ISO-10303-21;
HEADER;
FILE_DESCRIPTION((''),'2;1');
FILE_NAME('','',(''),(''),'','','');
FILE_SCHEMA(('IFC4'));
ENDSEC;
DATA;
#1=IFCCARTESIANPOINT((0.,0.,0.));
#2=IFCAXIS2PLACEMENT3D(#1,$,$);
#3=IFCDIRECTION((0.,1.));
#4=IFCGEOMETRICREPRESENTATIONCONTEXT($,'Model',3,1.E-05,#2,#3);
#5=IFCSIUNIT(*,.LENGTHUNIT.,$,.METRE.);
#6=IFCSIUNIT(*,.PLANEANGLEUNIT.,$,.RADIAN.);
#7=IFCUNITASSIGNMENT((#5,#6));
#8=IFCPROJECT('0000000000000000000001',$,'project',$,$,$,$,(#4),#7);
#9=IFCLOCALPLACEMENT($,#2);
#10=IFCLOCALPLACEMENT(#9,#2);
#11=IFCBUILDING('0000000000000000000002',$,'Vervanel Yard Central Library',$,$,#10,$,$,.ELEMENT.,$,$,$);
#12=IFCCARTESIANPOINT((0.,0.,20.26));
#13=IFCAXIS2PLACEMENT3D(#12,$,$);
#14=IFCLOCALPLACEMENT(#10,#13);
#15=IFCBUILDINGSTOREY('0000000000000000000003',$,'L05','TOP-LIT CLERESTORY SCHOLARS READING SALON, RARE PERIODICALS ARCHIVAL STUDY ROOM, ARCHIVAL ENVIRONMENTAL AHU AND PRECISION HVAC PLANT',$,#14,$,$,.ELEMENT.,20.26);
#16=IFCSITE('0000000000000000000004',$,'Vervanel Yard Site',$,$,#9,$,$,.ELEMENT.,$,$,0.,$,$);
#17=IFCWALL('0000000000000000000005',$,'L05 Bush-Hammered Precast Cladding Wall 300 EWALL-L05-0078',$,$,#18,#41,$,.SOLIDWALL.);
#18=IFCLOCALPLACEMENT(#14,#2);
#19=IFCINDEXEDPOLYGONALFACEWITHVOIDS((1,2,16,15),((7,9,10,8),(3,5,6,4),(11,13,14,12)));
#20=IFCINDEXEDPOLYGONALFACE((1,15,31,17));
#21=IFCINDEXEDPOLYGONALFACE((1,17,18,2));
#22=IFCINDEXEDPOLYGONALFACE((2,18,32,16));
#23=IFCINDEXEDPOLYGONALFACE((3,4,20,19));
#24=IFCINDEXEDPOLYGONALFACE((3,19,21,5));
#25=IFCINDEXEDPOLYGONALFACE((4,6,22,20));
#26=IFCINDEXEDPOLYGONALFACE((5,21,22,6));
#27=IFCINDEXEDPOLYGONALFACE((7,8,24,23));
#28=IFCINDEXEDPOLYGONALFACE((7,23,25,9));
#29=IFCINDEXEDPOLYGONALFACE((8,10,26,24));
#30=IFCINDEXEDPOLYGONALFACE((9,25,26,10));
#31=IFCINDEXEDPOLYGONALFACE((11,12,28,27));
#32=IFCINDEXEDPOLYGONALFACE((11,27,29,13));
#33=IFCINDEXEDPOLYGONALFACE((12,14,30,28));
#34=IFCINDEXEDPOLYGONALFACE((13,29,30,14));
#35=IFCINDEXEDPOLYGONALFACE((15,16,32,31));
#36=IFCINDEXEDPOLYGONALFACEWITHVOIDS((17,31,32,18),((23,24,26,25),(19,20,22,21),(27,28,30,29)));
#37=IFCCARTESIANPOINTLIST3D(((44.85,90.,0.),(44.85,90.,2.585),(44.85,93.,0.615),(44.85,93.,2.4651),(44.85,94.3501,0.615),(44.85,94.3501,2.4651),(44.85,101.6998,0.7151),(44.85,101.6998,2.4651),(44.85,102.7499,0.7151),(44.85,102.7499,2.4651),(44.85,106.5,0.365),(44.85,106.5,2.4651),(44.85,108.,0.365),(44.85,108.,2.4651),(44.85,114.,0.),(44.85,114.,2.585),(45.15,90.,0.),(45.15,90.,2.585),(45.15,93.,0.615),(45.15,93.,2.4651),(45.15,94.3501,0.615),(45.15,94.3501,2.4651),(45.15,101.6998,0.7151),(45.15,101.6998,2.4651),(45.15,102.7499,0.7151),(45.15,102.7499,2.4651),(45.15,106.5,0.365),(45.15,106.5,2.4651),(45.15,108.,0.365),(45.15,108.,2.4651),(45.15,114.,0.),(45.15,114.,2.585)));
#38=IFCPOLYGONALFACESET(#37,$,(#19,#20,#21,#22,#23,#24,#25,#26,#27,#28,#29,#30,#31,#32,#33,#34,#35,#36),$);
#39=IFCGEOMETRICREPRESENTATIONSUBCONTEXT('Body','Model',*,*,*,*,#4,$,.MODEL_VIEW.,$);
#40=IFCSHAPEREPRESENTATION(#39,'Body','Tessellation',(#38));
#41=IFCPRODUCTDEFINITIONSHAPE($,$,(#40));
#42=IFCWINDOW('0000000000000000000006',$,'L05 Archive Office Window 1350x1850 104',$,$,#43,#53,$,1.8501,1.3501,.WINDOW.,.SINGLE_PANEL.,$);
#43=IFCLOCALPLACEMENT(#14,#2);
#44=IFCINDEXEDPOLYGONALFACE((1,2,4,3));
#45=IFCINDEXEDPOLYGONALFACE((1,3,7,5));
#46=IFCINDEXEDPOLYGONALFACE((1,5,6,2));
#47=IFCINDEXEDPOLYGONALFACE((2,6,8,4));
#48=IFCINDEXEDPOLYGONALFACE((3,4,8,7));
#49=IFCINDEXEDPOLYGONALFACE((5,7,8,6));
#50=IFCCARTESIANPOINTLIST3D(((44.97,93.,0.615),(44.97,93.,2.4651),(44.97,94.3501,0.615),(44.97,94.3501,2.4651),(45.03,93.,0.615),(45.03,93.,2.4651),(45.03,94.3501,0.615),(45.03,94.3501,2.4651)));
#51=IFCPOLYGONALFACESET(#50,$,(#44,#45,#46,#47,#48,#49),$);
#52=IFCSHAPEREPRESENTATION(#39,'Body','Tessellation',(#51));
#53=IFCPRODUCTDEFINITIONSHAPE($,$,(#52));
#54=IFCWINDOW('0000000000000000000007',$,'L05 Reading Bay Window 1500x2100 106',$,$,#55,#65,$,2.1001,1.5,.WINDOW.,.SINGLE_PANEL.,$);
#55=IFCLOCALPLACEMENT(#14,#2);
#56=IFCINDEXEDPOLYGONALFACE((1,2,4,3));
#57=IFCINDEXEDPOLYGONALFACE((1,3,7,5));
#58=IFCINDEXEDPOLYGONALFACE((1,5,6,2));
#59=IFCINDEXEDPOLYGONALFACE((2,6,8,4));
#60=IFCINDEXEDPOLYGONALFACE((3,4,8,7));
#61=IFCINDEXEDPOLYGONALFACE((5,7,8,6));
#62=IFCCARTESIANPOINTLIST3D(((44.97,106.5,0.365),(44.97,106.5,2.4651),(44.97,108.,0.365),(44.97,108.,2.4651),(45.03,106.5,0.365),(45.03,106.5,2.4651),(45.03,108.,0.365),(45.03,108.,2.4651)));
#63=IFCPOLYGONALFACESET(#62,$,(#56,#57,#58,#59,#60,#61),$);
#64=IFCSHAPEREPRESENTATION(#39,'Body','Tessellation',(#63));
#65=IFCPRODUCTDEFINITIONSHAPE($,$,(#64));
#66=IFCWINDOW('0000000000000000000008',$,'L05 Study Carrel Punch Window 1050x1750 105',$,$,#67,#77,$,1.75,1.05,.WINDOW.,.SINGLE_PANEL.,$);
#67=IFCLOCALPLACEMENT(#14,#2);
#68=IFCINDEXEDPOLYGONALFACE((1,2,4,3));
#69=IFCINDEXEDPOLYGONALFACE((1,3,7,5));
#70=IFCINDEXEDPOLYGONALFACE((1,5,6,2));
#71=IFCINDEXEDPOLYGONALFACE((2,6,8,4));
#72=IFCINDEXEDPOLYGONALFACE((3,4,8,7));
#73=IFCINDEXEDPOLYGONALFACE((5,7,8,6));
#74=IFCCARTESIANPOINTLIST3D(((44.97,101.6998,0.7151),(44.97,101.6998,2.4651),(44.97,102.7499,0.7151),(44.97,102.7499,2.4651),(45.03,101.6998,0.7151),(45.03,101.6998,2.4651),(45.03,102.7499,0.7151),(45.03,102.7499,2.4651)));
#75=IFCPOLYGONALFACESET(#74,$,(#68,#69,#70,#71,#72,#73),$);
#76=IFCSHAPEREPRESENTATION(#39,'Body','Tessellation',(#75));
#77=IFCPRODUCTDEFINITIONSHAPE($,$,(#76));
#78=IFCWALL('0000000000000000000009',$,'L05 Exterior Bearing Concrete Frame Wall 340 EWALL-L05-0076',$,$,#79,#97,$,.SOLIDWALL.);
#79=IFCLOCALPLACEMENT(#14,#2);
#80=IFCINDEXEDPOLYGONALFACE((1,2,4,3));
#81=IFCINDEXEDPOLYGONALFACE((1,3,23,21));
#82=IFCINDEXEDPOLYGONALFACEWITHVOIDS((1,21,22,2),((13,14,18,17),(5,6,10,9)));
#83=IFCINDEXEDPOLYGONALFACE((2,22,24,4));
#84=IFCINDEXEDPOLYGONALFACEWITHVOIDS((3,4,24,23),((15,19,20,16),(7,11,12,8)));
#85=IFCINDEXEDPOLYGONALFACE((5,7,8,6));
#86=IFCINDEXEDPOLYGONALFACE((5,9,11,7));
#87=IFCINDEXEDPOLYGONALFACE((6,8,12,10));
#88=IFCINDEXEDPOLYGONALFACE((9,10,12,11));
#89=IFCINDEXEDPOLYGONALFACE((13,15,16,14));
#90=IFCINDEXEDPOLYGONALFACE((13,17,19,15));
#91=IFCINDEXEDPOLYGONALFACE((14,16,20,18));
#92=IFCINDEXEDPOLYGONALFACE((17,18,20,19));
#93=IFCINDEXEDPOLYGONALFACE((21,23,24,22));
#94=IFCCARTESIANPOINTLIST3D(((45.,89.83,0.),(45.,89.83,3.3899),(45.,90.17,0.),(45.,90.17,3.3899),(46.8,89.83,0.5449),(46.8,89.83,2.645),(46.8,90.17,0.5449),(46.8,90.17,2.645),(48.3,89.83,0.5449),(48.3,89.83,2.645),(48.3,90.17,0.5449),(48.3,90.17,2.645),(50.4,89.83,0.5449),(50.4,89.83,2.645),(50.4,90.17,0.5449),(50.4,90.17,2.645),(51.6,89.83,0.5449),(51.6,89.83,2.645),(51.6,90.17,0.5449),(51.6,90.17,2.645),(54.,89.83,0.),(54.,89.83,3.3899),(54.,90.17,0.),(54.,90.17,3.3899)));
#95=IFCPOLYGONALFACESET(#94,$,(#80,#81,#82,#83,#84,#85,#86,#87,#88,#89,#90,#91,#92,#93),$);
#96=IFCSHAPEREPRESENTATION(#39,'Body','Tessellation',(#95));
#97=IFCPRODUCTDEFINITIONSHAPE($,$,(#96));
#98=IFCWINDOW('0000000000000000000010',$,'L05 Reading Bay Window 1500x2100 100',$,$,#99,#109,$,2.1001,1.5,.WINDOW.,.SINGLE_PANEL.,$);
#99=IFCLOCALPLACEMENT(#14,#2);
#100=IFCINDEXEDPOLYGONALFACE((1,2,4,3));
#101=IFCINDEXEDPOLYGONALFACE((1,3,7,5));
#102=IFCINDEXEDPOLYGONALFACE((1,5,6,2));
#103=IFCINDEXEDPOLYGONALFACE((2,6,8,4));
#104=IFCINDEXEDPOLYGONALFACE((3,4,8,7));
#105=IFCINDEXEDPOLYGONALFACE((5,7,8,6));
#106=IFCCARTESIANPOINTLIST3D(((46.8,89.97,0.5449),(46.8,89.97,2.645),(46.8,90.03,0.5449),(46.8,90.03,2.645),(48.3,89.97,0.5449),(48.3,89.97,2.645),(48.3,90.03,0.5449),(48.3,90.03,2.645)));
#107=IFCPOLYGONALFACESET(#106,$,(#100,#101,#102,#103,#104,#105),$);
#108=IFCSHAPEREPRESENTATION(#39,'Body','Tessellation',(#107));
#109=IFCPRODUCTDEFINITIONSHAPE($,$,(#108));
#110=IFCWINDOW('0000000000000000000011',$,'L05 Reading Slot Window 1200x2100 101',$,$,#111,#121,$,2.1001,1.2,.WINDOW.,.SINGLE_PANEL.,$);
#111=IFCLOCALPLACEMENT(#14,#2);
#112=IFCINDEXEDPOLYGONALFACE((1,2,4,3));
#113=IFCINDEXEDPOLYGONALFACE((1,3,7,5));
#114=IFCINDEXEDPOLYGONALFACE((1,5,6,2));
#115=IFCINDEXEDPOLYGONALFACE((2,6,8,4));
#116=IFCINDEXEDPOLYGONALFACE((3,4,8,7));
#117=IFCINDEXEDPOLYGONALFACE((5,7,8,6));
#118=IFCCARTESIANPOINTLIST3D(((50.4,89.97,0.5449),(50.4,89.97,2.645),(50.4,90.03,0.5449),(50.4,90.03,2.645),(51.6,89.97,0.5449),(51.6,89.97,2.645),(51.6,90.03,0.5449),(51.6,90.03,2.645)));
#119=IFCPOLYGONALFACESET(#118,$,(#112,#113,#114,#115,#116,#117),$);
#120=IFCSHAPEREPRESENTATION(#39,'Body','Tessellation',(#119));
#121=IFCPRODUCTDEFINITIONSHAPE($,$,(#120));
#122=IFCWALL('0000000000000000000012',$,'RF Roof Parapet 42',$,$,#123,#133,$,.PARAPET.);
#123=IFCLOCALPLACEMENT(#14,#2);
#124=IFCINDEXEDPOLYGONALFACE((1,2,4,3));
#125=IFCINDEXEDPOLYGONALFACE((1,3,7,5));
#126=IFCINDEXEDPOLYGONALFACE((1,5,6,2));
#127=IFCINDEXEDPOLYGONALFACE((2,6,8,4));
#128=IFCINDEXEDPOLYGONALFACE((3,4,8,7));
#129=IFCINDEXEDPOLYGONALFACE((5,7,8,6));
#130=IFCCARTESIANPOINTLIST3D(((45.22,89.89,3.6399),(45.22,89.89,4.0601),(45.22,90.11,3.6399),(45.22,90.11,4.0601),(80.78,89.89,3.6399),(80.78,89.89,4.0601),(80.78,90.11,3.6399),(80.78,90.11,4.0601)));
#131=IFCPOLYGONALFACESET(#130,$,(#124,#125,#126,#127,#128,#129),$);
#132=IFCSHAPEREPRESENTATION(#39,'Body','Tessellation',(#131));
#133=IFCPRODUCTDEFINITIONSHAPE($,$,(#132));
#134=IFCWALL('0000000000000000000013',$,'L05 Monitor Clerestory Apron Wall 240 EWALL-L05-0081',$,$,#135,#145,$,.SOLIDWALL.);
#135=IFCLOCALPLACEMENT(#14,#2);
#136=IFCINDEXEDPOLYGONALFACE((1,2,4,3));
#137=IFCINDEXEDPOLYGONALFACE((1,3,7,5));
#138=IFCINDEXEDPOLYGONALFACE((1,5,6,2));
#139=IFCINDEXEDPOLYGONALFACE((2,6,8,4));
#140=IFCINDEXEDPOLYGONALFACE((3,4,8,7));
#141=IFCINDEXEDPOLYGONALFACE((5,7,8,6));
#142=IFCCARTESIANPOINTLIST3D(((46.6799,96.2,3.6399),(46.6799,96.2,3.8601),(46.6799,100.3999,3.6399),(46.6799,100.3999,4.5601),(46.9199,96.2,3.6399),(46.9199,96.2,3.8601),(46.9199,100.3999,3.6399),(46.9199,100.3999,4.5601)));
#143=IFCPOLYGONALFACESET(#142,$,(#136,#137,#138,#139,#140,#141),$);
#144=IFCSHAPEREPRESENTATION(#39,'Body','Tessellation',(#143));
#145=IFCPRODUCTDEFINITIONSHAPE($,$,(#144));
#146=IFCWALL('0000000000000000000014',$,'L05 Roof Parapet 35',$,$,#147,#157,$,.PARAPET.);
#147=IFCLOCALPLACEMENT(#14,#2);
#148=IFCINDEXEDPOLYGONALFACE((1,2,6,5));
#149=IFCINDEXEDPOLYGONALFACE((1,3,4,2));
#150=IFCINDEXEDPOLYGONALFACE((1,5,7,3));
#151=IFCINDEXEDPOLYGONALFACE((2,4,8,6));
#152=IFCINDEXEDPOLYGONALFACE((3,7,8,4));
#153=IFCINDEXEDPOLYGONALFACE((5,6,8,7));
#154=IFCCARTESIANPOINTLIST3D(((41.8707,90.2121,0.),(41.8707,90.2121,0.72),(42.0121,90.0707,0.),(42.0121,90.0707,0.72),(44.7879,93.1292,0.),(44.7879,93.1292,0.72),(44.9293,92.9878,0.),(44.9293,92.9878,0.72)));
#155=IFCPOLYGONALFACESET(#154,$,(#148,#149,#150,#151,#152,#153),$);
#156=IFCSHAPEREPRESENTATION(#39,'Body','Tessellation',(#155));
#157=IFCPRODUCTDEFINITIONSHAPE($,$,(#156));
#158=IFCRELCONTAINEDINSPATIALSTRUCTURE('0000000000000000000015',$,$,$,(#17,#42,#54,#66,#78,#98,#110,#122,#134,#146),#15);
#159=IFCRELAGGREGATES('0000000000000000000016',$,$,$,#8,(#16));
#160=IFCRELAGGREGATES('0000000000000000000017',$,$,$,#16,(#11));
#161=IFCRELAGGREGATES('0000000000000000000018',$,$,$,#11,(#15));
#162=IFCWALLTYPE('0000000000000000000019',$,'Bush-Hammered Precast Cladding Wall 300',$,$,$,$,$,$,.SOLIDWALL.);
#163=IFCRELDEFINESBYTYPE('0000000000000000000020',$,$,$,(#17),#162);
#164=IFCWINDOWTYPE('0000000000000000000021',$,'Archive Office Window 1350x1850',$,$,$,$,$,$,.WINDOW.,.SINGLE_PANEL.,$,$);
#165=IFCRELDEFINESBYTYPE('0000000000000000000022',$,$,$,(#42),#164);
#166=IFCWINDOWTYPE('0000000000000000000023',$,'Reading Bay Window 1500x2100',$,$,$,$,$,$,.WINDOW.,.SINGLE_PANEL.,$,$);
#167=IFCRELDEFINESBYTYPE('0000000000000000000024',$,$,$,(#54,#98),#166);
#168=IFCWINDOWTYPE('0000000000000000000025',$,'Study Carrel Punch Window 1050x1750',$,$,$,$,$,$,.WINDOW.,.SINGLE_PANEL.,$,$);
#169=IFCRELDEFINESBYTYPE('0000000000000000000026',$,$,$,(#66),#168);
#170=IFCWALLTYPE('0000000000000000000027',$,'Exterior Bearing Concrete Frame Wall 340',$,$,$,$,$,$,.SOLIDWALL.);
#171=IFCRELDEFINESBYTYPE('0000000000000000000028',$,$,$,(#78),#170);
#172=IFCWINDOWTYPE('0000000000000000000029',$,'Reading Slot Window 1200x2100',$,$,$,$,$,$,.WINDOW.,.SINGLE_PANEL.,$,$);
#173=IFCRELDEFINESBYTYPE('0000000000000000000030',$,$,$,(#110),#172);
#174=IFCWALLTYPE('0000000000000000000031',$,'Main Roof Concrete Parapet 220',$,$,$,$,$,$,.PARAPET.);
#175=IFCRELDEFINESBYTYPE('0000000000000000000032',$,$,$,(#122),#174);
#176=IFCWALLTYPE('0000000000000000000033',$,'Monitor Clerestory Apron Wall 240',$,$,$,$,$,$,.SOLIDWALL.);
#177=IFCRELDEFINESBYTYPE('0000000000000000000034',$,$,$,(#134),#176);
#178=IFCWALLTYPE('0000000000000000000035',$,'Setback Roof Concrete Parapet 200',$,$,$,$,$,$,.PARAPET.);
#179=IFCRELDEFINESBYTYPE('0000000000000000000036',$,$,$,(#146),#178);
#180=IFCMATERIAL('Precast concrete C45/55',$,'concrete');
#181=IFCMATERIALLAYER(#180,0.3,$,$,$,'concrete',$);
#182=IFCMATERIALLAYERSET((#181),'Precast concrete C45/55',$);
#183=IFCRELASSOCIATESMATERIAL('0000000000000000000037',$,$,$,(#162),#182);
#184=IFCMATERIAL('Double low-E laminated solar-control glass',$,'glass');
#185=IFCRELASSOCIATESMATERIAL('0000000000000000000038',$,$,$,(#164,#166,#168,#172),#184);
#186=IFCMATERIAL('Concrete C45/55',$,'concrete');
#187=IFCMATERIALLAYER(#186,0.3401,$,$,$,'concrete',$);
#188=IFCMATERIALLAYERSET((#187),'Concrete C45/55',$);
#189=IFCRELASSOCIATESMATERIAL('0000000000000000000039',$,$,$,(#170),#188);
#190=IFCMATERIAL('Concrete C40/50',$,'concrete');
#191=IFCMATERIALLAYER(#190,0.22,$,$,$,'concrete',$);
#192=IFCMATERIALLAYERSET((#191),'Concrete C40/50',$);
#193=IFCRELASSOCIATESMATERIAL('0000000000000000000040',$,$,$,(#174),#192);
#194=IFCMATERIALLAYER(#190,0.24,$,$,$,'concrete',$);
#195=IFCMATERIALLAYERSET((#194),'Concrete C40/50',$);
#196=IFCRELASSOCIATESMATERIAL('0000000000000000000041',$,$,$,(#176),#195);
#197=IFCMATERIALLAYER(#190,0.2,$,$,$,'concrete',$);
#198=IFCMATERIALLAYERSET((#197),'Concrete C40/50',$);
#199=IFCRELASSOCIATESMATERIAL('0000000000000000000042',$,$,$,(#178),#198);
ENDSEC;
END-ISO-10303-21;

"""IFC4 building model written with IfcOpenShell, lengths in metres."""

from ifc_helpers import new_model, si_unit, direction, frame, frame_2d, origin, place, context, subcontext, project, spatial, polyline, rectangle, outline, extrude, material, layer, layer_set, type_object, element, fill, save


model = new_model("IFC4")

# Units and contexts
model_context = context("Model", 3, precision=1e-05, world=origin(), true_north=direction((0.0, 1.0)))
body_context = subcontext(model_context, "Body", "Model", "MODEL_VIEW")
ifc_project = project(units=[si_unit("LENGTHUNIT", "METRE"), si_unit("PLANEANGLEUNIT", "RADIAN")], contexts=[model_context])

# Site, building, storey
site_placement = place(None, origin())
site = spatial("IfcSite", under=ifc_project, at=site_placement, Name="Vervanel Yard Site", CompositionType="ELEMENT", RefElevation=0.0)
building_placement = place(site_placement, origin())
building = spatial("IfcBuilding", under=site, at=building_placement, Name="Vervanel Yard Central Library", CompositionType="ELEMENT")
storey_placement = place(building_placement, frame((0.0, 0.0, 20.26)))
storey = spatial("IfcBuildingStorey", under=building, at=storey_placement, Name="L05", Description="TOP-LIT CLERESTORY SCHOLARS READING SALON, RARE PERIODICALS ARCHIVAL STUDY ROOM, ARCHIVAL ENVIRONMENTAL AHU AND PRECISION HVAC PLANT", CompositionType="ELEMENT", Elevation=20.26)

# Shared definitions
ifc_material_1 = material(Name="Concrete C40/50", Category="concrete")

# Shared definitions
ifc_material_2 = material(Name="Concrete C45/55", Category="concrete")

# Walls, openings, windows
ifc_material_3 = material(Name="Precast concrete C45/55", Category="concrete")
ifc_layer_1 = layer(ifc_material_3, 0.3, Category="concrete")
ifc_layer_set_1 = layer_set([ifc_layer_1], Name="Precast concrete C45/55")
wall_type_1 = type_object("IfcWallType", Name="Bush-Hammered Precast Cladding Wall 300", PredefinedType="SOLIDWALL", material=ifc_layer_set_1)
wall_1_placement = place(storey_placement, frame((45.0, 90.0, 0.0), z_axis=(0.0, 0.0, 1.0), x_axis=(0.0, 1.0, 0.0)))
wall_1 = element("IfcWall", 1, at=wall_1_placement, inside=storey, type_object=wall_type_1, Name="L05 Bush-Hammered Precast Cladding Wall 300 EWALL-L05-0078", PredefinedType="SOLIDWALL", context=body_context, shape_type="SweptSolid", body=[
    extrude(rectangle(XDim=24.0, YDim=0.3, at=frame_2d((12.0, 0.0))), origin(), (0.0, 0.0, 1.0), 2.585),
])
opening_1_placement = place(wall_1_placement, frame((3.0, 0.0, 0.615)))
opening_1 = element("IfcOpeningElement", 2, at=opening_1_placement, cuts=wall_1, PredefinedType="OPENING", context=body_context, shape_type="SweptSolid", body=[
    extrude(rectangle(XDim=1.3501, YDim=1.8501, at=frame_2d((0.675, 0.925))), frame((0.0, 0.1599, 0.0), z_axis=(0.0, -1.0, 0.0), x_axis=(1.0, 0.0, 0.0)), (0.0, 0.0, 1.0), 0.3201),
])
opening_2_placement = place(wall_1_placement, frame((11.7, 0.0, 0.7151)))
opening_2 = element("IfcOpeningElement", 3, at=opening_2_placement, cuts=wall_1, PredefinedType="OPENING", context=body_context, shape_type="SweptSolid", body=[
    extrude(rectangle(XDim=1.05, YDim=1.75, at=frame_2d((0.5249, 0.875))), frame((0.0, 0.1599, 0.0), z_axis=(0.0, -1.0, 0.0), x_axis=(1.0, 0.0, 0.0)), (0.0, 0.0, 1.0), 0.3201),
])
opening_3_placement = place(wall_1_placement, frame((16.5, 0.0, 0.365)))
opening_3 = element("IfcOpeningElement", 4, at=opening_3_placement, cuts=wall_1, PredefinedType="OPENING", context=body_context, shape_type="SweptSolid", body=[
    extrude(rectangle(XDim=1.5, YDim=2.1001, at=frame_2d((0.75, 1.05))), frame((0.0, 0.1599, 0.0), z_axis=(0.0, -1.0, 0.0), x_axis=(1.0, 0.0, 0.0)), (0.0, 0.0, 1.0), 0.3201),
])
ifc_material_4 = material(Name="Double low-E laminated solar-control glass", Category="glass")
window_type_1 = type_object("IfcWindowType", Name="Archive Office Window 1350x1850", PartitioningType="SINGLE_PANEL", PredefinedType="WINDOW", material=ifc_material_4)
window_1_placement = place(opening_1_placement, origin())
window_1 = element("IfcWindow", 5, at=window_1_placement, inside=storey, type_object=window_type_1, Name="L05 Archive Office Window 1350x1850 104", OverallHeight=1.8501, OverallWidth=1.3501, PartitioningType="SINGLE_PANEL", PredefinedType="WINDOW", context=body_context, shape_type="SweptSolid", body=[
    extrude(rectangle(XDim=1.3501, YDim=1.8501, at=frame_2d((0.675, 0.925))), frame((0.0, 0.03, 0.0), z_axis=(0.0, -1.0, 0.0), x_axis=(1.0, 0.0, 0.0)), (0.0, 0.0, 1.0), 0.0601),
])
fill(opening_1, window_1)
window_type_2 = type_object("IfcWindowType", Name="Reading Bay Window 1500x2100", PartitioningType="SINGLE_PANEL", PredefinedType="WINDOW", material=ifc_material_4)
window_2_placement = place(opening_3_placement, origin())
window_2 = element("IfcWindow", 6, at=window_2_placement, inside=storey, type_object=window_type_2, Name="L05 Reading Bay Window 1500x2100 106", OverallHeight=2.1001, OverallWidth=1.5, PartitioningType="SINGLE_PANEL", PredefinedType="WINDOW", context=body_context, shape_type="SweptSolid", body=[
    extrude(rectangle(XDim=1.5, YDim=2.1001, at=frame_2d((0.75, 1.05))), frame((0.0, 0.03, 0.0), z_axis=(0.0, -1.0, 0.0), x_axis=(1.0, 0.0, 0.0)), (0.0, 0.0, 1.0), 0.0601),
])
fill(opening_3, window_2)
window_type_3 = type_object("IfcWindowType", Name="Study Carrel Punch Window 1050x1750", PartitioningType="SINGLE_PANEL", PredefinedType="WINDOW", material=ifc_material_4)
window_3_placement = place(opening_2_placement, origin())
window_3 = element("IfcWindow", 7, at=window_3_placement, inside=storey, type_object=window_type_3, Name="L05 Study Carrel Punch Window 1050x1750 105", OverallHeight=1.75, OverallWidth=1.05, PartitioningType="SINGLE_PANEL", PredefinedType="WINDOW", context=body_context, shape_type="SweptSolid", body=[
    extrude(rectangle(XDim=1.05, YDim=1.75, at=frame_2d((0.5249, 0.875))), frame((0.0, 0.03, 0.0), z_axis=(0.0, -1.0, 0.0), x_axis=(1.0, 0.0, 0.0)), (0.0, 0.0, 1.0), 0.0601),
])
fill(opening_2, window_3)
ifc_layer_2 = layer(ifc_material_2, 0.3401, Category="concrete")
ifc_layer_set_2 = layer_set([ifc_layer_2], Name="Concrete C45/55")
wall_type_2 = type_object("IfcWallType", Name="Exterior Bearing Concrete Frame Wall 340", PredefinedType="SOLIDWALL", material=ifc_layer_set_2)
wall_2_placement = place(storey_placement, frame((45.0, 90.0, 0.0), z_axis=(0.0, 0.0, 1.0), x_axis=(1.0, 0.0, 0.0)))
wall_2 = element("IfcWall", 8, at=wall_2_placement, inside=storey, type_object=wall_type_2, Name="L05 Exterior Bearing Concrete Frame Wall 340 EWALL-L05-0076", PredefinedType="SOLIDWALL", context=body_context, shape_type="SweptSolid", body=[
    extrude(rectangle(XDim=9.0, YDim=0.3401, at=frame_2d((4.5, 0.0))), origin(), (0.0, 0.0, 1.0), 3.3899),
])
opening_4_placement = place(wall_2_placement, frame((1.8, 0.0, 0.5449)))
opening_4 = element("IfcOpeningElement", 9, at=opening_4_placement, cuts=wall_2, PredefinedType="OPENING", context=body_context, shape_type="SweptSolid", body=[
    extrude(rectangle(XDim=1.5, YDim=2.1001, at=frame_2d((0.75, 1.05))), frame((0.0, 0.1799, 0.0), z_axis=(0.0, -1.0, 0.0), x_axis=(1.0, 0.0, 0.0)), (0.0, 0.0, 1.0), 0.3601),
])
opening_5_placement = place(wall_2_placement, frame((5.3999, 0.0, 0.5449)))
opening_5 = element("IfcOpeningElement", 10, at=opening_5_placement, cuts=wall_2, PredefinedType="OPENING", context=body_context, shape_type="SweptSolid", body=[
    extrude(rectangle(XDim=1.2, YDim=2.1001, at=frame_2d((0.6001, 1.05))), frame((0.0, 0.1799, 0.0), z_axis=(0.0, -1.0, 0.0), x_axis=(1.0, 0.0, 0.0)), (0.0, 0.0, 1.0), 0.3601),
])
window_4_placement = place(opening_4_placement, origin())
window_4 = element("IfcWindow", 11, at=window_4_placement, inside=storey, type_object=window_type_2, Name="L05 Reading Bay Window 1500x2100 100", OverallHeight=2.1001, OverallWidth=1.5, PartitioningType="SINGLE_PANEL", PredefinedType="WINDOW", context=body_context, shape_type="SweptSolid", body=[
    extrude(rectangle(XDim=1.5, YDim=2.1001, at=frame_2d((0.75, 1.05))), frame((0.0, 0.03, 0.0), z_axis=(0.0, -1.0, 0.0), x_axis=(1.0, 0.0, 0.0)), (0.0, 0.0, 1.0), 0.0601),
])
fill(opening_4, window_4)
window_type_4 = type_object("IfcWindowType", Name="Reading Slot Window 1200x2100", PartitioningType="SINGLE_PANEL", PredefinedType="WINDOW", material=ifc_material_4)
window_5_placement = place(opening_5_placement, origin())
window_5 = element("IfcWindow", 12, at=window_5_placement, inside=storey, type_object=window_type_4, Name="L05 Reading Slot Window 1200x2100 101", OverallHeight=2.1001, OverallWidth=1.2, PartitioningType="SINGLE_PANEL", PredefinedType="WINDOW", context=body_context, shape_type="SweptSolid", body=[
    extrude(rectangle(XDim=1.2, YDim=2.1001, at=frame_2d((0.6001, 1.05))), frame((0.0, 0.03, 0.0), z_axis=(0.0, -1.0, 0.0), x_axis=(1.0, 0.0, 0.0)), (0.0, 0.0, 1.0), 0.0601),
])
fill(opening_5, window_5)

# Walls
ifc_layer_3 = layer(ifc_material_1, 0.22, Category="concrete")
ifc_layer_set_3 = layer_set([ifc_layer_3], Name="Concrete C40/50")
wall_type_3 = type_object("IfcWallType", Name="Main Roof Concrete Parapet 220", PredefinedType="PARAPET", material=ifc_layer_set_3)
wall_3_placement = place(storey_placement, frame((45.22, 90.0, 3.6399), z_axis=(0.0, 0.0, 1.0), x_axis=(1.0, 0.0, 0.0)))
element("IfcWall", 13, at=wall_3_placement, inside=storey, type_object=wall_type_3, Name="RF Roof Parapet 42", PredefinedType="PARAPET", context=body_context, shape_type="SweptSolid", body=[
    extrude(rectangle(XDim=35.5601, YDim=0.22, at=frame_2d((17.78, 0.0))), origin(), (0.0, 0.0, 1.0), 0.4202),
])
ifc_layer_4 = layer(ifc_material_1, 0.24, Category="concrete")
ifc_layer_set_4 = layer_set([ifc_layer_4], Name="Concrete C40/50")
wall_type_4 = type_object("IfcWallType", Name="Monitor Clerestory Apron Wall 240", PredefinedType="SOLIDWALL", material=ifc_layer_set_4)
wall_4_placement = place(storey_placement, frame((46.8, 96.2, 3.6399), z_axis=(0.0, 0.0, 1.0), x_axis=(0.0, 1.0, 0.0)))
element("IfcWall", 14, at=wall_4_placement, inside=storey, type_object=wall_type_4, Name="L05 Monitor Clerestory Apron Wall 240 EWALL-L05-0081", PredefinedType="SOLIDWALL", context=body_context, shape_type="SweptSolid", body=[
    extrude(outline(polyline([(0.0, 0.0), (4.2, 0.0), (4.2, 0.9202), (0.0, 0.2202), (0.0, 0.0)])), frame((0.0, 0.1201, 0.0), z_axis=(0.0, -1.0, 0.0), x_axis=(1.0, 0.0, 0.0)), (0.0, 0.0, 1.0), 0.24),
])
ifc_layer_5 = layer(ifc_material_1, 0.2, Category="concrete")
ifc_layer_set_5 = layer_set([ifc_layer_5], Name="Concrete C40/50")
wall_type_5 = type_object("IfcWallType", Name="Setback Roof Concrete Parapet 200", PredefinedType="PARAPET", material=ifc_layer_set_5)
wall_5_placement = place(storey_placement, frame((41.9414, 90.1414, 0.0), z_axis=(0.0, 0.0, 1.0), x_axis=(0.707107, 0.707107, 0.0)))
element("IfcWall", 15, at=wall_5_placement, inside=storey, type_object=wall_type_5, Name="L05 Roof Parapet 35", PredefinedType="PARAPET", context=body_context, shape_type="SweptSolid", body=[
    extrude(rectangle(XDim=4.1255, YDim=0.2, at=frame_2d((2.0627, 0.0))), origin(), (0.0, 0.0, 1.0), 0.72),
])

save(model, "model.ifc")
